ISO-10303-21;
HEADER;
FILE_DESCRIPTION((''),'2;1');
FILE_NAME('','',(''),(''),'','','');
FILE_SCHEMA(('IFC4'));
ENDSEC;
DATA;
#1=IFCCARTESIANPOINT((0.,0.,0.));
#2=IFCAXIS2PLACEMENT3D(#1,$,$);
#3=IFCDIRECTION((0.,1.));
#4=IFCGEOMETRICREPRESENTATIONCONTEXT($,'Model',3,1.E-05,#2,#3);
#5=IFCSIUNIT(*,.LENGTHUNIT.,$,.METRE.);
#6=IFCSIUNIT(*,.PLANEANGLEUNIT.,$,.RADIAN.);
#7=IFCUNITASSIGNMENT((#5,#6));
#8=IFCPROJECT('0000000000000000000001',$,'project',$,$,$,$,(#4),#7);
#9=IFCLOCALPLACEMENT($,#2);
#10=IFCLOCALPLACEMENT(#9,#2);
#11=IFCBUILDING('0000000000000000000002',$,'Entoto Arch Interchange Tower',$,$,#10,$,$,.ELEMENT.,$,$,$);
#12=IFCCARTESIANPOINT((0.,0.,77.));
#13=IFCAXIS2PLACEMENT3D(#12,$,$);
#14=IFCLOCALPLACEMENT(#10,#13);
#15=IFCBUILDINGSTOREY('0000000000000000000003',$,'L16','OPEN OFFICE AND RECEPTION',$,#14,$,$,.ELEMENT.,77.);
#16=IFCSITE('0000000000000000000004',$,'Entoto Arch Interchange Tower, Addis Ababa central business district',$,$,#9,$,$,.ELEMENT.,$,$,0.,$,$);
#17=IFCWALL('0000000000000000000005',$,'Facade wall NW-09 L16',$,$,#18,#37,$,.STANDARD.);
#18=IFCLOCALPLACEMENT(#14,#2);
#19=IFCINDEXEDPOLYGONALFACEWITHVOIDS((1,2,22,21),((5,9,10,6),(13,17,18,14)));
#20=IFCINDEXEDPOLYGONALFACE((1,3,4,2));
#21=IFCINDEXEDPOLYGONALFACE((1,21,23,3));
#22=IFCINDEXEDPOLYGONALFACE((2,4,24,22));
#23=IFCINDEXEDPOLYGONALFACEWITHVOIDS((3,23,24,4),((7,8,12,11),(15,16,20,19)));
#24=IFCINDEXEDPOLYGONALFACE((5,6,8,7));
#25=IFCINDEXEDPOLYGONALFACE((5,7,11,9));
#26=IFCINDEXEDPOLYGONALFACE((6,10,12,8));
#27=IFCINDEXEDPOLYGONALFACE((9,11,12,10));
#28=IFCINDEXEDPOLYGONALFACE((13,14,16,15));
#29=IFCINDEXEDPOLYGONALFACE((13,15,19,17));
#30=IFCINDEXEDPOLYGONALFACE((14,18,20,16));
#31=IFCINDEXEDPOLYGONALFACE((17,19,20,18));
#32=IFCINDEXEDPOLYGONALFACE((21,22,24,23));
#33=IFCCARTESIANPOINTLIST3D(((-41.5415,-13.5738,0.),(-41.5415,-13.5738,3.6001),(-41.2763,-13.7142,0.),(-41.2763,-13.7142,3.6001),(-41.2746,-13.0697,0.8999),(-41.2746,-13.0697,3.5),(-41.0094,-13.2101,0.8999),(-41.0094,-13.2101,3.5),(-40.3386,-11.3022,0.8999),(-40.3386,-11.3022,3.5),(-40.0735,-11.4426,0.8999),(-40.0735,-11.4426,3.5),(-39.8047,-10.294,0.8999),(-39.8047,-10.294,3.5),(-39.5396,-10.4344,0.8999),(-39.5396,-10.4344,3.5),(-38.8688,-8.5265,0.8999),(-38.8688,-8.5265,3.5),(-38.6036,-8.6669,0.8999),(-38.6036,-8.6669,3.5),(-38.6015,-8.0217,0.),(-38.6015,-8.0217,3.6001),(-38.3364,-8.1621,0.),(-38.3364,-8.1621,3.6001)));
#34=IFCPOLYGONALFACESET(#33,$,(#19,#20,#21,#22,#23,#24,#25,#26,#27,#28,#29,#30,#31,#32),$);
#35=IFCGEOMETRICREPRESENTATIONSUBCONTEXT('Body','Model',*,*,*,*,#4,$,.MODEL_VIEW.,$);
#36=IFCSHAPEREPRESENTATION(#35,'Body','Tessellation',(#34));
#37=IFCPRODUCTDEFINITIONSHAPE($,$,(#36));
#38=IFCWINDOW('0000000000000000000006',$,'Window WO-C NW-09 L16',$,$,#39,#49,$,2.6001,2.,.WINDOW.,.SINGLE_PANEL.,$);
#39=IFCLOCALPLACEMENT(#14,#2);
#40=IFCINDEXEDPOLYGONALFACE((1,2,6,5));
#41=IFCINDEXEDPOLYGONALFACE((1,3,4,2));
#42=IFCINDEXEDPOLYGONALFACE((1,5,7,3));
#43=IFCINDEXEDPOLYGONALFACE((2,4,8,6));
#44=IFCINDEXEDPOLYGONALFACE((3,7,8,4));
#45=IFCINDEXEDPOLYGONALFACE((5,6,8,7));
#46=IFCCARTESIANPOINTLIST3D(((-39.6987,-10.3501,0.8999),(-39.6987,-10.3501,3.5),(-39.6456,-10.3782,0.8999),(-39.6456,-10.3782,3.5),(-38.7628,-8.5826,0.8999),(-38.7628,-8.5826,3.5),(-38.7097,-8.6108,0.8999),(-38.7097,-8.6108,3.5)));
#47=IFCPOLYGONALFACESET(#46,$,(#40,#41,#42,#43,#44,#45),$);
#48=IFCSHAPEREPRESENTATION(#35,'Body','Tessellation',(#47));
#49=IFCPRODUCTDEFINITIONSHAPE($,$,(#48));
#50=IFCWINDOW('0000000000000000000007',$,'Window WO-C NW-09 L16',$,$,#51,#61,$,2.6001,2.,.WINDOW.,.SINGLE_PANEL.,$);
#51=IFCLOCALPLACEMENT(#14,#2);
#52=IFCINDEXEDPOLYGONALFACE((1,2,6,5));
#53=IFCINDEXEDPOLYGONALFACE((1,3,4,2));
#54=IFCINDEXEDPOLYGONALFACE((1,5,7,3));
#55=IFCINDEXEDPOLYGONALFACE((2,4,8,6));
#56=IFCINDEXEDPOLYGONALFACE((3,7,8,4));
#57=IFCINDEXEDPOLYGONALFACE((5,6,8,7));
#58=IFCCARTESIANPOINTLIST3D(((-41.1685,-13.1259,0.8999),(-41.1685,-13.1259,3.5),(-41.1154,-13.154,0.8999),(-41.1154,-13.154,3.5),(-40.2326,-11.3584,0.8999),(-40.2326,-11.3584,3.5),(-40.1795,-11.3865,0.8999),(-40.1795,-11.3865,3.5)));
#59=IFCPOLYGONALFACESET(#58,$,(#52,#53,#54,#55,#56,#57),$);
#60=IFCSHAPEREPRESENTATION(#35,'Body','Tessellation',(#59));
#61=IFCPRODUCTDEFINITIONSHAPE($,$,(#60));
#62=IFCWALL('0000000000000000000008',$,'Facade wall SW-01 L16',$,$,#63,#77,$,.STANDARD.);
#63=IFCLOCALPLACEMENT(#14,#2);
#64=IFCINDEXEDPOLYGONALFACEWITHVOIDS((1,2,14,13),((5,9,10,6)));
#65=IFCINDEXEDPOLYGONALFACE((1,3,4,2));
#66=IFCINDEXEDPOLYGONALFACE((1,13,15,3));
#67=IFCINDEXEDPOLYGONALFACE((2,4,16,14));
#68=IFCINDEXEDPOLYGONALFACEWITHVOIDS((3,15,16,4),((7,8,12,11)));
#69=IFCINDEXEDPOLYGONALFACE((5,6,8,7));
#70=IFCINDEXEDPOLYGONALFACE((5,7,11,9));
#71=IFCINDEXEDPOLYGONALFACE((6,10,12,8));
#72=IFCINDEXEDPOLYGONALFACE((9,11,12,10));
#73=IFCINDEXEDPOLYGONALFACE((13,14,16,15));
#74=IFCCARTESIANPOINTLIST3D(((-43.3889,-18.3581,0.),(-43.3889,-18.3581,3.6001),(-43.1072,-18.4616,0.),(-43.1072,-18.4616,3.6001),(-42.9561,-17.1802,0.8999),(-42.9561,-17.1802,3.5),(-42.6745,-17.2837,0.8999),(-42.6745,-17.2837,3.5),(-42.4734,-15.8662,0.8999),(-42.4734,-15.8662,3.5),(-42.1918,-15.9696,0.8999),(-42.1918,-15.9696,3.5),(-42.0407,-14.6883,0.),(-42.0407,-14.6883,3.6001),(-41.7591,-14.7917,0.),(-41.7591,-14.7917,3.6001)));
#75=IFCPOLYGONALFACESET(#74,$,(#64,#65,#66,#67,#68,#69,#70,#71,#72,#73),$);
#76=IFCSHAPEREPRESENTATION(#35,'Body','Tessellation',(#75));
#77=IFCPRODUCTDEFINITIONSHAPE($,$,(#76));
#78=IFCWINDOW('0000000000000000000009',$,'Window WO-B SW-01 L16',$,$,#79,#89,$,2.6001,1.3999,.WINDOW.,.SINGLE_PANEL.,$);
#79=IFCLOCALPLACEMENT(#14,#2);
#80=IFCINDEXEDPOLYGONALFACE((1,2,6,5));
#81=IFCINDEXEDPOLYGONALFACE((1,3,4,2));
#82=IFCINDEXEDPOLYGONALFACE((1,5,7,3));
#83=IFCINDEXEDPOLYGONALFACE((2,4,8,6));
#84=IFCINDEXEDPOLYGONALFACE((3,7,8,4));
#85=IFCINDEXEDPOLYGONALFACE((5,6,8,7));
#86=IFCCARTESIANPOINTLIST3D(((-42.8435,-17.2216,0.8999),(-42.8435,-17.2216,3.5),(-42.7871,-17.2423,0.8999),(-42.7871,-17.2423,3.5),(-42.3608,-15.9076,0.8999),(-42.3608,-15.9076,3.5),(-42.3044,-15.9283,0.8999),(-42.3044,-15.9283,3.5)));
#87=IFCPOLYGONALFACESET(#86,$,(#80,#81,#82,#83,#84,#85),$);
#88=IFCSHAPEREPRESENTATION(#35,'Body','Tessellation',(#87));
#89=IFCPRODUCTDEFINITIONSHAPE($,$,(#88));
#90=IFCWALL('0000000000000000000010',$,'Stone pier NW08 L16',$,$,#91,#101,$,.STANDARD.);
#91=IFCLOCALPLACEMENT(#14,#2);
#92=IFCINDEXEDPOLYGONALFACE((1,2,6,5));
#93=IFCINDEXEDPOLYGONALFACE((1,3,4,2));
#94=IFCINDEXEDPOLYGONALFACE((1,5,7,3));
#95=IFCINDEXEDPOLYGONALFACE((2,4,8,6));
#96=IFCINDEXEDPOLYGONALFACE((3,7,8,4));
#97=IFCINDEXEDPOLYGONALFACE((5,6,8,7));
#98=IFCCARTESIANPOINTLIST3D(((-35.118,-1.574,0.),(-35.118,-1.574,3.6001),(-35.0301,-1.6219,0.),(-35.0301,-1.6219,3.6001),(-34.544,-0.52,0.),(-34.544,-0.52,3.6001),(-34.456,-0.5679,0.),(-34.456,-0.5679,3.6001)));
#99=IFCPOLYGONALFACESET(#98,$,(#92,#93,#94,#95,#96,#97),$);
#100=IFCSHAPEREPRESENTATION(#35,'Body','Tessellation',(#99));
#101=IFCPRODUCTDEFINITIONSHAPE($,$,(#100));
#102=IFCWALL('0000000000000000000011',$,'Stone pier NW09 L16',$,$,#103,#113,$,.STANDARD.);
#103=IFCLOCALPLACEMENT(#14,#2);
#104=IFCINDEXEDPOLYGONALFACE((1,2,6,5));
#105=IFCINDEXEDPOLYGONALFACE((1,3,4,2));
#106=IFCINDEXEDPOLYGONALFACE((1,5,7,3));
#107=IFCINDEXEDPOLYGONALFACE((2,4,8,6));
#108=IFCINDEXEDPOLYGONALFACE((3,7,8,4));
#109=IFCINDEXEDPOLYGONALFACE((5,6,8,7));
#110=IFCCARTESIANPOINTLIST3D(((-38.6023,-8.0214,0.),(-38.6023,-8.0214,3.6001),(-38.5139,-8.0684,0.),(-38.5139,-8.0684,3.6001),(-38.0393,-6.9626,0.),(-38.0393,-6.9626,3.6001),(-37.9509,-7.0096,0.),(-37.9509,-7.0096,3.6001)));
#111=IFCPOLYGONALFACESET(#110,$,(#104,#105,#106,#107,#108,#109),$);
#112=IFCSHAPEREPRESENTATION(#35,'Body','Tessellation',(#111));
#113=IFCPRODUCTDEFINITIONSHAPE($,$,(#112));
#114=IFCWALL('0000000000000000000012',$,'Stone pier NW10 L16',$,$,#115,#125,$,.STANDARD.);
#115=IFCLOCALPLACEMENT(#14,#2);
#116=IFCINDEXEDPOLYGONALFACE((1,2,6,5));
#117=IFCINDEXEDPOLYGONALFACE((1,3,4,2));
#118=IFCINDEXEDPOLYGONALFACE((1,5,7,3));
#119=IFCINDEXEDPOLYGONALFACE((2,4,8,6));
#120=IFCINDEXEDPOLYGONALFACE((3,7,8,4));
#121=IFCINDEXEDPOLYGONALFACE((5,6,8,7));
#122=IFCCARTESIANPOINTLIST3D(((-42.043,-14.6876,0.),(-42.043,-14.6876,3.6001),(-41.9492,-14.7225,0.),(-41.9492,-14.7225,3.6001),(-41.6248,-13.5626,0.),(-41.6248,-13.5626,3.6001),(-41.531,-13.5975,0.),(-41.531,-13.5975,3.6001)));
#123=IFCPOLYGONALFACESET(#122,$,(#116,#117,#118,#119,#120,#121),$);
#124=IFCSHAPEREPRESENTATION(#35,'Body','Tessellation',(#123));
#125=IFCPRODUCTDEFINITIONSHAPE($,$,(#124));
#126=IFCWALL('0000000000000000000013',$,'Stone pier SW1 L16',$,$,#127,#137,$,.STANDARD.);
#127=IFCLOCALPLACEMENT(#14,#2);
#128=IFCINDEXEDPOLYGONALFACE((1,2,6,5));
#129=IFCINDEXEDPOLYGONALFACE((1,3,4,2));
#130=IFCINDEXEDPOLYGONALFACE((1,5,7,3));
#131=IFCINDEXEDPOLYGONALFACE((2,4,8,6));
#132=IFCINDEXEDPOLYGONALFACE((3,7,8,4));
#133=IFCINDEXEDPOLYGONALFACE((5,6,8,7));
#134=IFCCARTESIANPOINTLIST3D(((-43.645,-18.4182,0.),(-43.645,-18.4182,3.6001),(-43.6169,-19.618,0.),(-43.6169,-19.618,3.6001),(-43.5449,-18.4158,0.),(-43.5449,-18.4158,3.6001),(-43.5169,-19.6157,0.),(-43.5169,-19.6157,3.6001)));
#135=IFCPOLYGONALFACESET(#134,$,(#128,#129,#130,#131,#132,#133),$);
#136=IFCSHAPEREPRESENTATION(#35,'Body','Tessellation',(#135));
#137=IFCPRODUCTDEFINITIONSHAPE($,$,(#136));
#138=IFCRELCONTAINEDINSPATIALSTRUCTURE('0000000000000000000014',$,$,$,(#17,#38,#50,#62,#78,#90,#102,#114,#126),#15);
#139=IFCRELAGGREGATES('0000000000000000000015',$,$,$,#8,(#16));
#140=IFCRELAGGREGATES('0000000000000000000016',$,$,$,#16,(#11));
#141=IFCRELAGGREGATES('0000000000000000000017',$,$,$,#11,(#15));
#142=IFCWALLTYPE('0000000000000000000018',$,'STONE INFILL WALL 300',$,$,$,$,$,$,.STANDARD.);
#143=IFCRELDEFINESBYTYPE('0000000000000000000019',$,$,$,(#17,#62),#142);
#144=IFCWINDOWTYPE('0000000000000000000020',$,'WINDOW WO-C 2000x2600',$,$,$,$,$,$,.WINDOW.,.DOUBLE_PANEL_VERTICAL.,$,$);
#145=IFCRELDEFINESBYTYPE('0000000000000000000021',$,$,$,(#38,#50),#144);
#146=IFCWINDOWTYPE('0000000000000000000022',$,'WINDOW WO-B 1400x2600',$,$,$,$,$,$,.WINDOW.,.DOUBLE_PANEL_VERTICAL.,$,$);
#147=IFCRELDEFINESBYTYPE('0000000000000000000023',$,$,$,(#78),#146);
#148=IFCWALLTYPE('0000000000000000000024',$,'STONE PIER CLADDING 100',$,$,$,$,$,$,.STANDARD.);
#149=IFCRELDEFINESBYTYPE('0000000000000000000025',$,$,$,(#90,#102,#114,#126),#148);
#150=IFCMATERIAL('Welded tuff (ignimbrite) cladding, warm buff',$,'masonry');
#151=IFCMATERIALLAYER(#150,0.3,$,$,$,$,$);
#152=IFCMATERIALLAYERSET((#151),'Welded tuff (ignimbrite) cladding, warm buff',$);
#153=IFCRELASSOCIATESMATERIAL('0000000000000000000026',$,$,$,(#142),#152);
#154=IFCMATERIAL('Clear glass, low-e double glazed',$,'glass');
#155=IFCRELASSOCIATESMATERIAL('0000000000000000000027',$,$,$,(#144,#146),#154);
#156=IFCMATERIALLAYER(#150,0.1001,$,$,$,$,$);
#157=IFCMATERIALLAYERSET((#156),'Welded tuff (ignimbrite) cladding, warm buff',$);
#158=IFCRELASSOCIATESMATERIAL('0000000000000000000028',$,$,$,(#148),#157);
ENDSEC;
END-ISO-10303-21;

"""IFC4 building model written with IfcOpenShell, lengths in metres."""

from ifc_helpers import new_model, si_unit, direction, frame, frame_2d, origin, place, context, subcontext, project, spatial, rectangle, extrude, material, layer, layer_set, type_object, element, fill, save


model = new_model("IFC4")

# Units and contexts
model_context = context("Model", 3, precision=1e-05, world=origin(), true_north=direction((0.0, 1.0)))
body_context = subcontext(model_context, "Body", "Model", "MODEL_VIEW")
ifc_project = project(units=[si_unit("LENGTHUNIT", "METRE"), si_unit("PLANEANGLEUNIT", "RADIAN")], contexts=[model_context])

# Site, building, storey
site_placement = place(None, origin())
site = spatial("IfcSite", under=ifc_project, at=site_placement, Name="Entoto Arch Interchange Tower, Addis Ababa central business district", CompositionType="ELEMENT", RefElevation=0.0)
building_placement = place(site_placement, origin())
building = spatial("IfcBuilding", under=site, at=building_placement, Name="Entoto Arch Interchange Tower", CompositionType="ELEMENT")
storey_placement = place(building_placement, frame((0.0, 0.0, 77.0)))
storey = spatial("IfcBuildingStorey", under=building, at=storey_placement, Name="L16", Description="OPEN OFFICE AND RECEPTION", CompositionType="ELEMENT", Elevation=77.0)

# Wall, openings, windows
ifc_material_1 = material(Name="Welded tuff (ignimbrite) cladding, warm buff", Category="masonry")
ifc_layer_1 = layer(ifc_material_1, 0.3)
ifc_layer_set_1 = layer_set([ifc_layer_1], Name="Welded tuff (ignimbrite) cladding, warm buff")
wall_type_1 = type_object("IfcWallType", Name="STONE INFILL WALL 300", PredefinedType="STANDARD", material=ifc_layer_set_1)
ifc_material_2 = material(Name="Clear glass, low-e double glazed", Category="glass")
window_type_1 = type_object("IfcWindowType", Name="WINDOW WO-C 2000x2600", PartitioningType="DOUBLE_PANEL_VERTICAL", PredefinedType="WINDOW", material=ifc_material_2)
wall_1_placement = place(storey_placement, frame((-38.469, -8.092, 0.0), z_axis=(0.0, 0.0, 1.0), x_axis=(-0.467968, -0.883745, 0.0)))
wall_1 = element("IfcWall", 1, at=wall_1_placement, inside=storey, type_object=wall_type_1, Name="Facade wall NW-09 L16", PredefinedType="STANDARD", context=body_context, shape_type="SweptSolid", body=[
    extrude(rectangle(XDim=6.2825, YDim=0.3, at=frame_2d((3.1411, 0.0))), origin(), (0.0, 0.0, 1.0), 3.6001),
])
opening_1_placement = place(wall_1_placement, frame((0.571, 0.0, 0.8999)))
opening_1 = element("IfcOpeningElement", 2, at=opening_1_placement, cuts=wall_1, PredefinedType="OPENING", context=body_context, shape_type="SweptSolid", body=[
    extrude(rectangle(XDim=2.0, YDim=2.6001, at=frame_2d((1.0, 1.3))), frame((0.0, 0.1602, 0.0), z_axis=(0.0, -1.0, 0.0), x_axis=(1.0, 0.0, 0.0)), (0.0, 0.0, 1.0), 0.3201),
])
opening_2_placement = place(wall_1_placement, frame((3.7119, 0.0, 0.8999)))
opening_2 = element("IfcOpeningElement", 3, at=opening_2_placement, cuts=wall_1, PredefinedType="OPENING", context=body_context, shape_type="SweptSolid", body=[
    extrude(rectangle(XDim=2.0, YDim=2.6001, at=frame_2d((1.0, 1.3))), frame((0.0, 0.1602, 0.0), z_axis=(0.0, -1.0, 0.0), x_axis=(1.0, 0.0, 0.0)), (0.0, 0.0, 1.0), 0.3201),
])
window_1_placement = place(opening_1_placement, origin())
window_1 = element("IfcWindow", 4, at=window_1_placement, inside=storey, type_object=window_type_1, Name="Window WO-C NW-09 L16", OverallHeight=2.6001, OverallWidth=2.0, PartitioningType="SINGLE_PANEL", PredefinedType="WINDOW", context=body_context, shape_type="SweptSolid", body=[
    extrude(rectangle(XDim=2.0, YDim=2.6001, at=frame_2d((1.0, 1.3))), frame((0.0, 0.03, 0.0), z_axis=(0.0, -1.0, 0.0), x_axis=(1.0, 0.0, 0.0)), (0.0, 0.0, 1.0), 0.0601),
])
fill(opening_1, window_1)
window_2_placement = place(opening_2_placement, origin())
window_2 = element("IfcWindow", 5, at=window_2_placement, inside=storey, type_object=window_type_1, Name="Window WO-C NW-09 L16", OverallHeight=2.6001, OverallWidth=2.0, PartitioningType="SINGLE_PANEL", PredefinedType="WINDOW", context=body_context, shape_type="SweptSolid", body=[
    extrude(rectangle(XDim=2.0, YDim=2.6001, at=frame_2d((1.0, 1.3))), frame((0.0, 0.03, 0.0), z_axis=(0.0, -1.0, 0.0), x_axis=(1.0, 0.0, 0.0)), (0.0, 0.0, 1.0), 0.0601),
])
fill(opening_2, window_2)

# Wall, opening, window
wall_2_placement = place(storey_placement, frame((-41.8999, -14.74, 0.0), z_axis=(0.0, 0.0, 1.0), x_axis=(-0.34482, -0.938669, 0.0)))
wall_2 = element("IfcWall", 6, at=wall_2_placement, inside=storey, type_object=wall_type_1, Name="Facade wall SW-01 L16", PredefinedType="STANDARD", context=body_context, shape_type="SweptSolid", body=[
    extrude(rectangle(XDim=3.9097, YDim=0.3, at=frame_2d((1.9548, 0.0))), origin(), (0.0, 0.0, 1.0), 3.6001),
])
opening_3_placement = place(wall_2_placement, frame((1.2549, 0.0, 0.8999)))
opening_3 = element("IfcOpeningElement", 7, at=opening_3_placement, cuts=wall_2, PredefinedType="OPENING", context=body_context, shape_type="SweptSolid", body=[
    extrude(rectangle(XDim=1.3999, YDim=2.6001, at=frame_2d((0.7, 1.3))), frame((0.0, 0.1602, 0.0), z_axis=(0.0, -1.0, 0.0), x_axis=(1.0, 0.0, 0.0)), (0.0, 0.0, 1.0), 0.3201),
])
window_type_2 = type_object("IfcWindowType", Name="WINDOW WO-B 1400x2600", PartitioningType="DOUBLE_PANEL_VERTICAL", PredefinedType="WINDOW", material=ifc_material_2)
window_3_placement = place(opening_3_placement, origin())
window_3 = element("IfcWindow", 8, at=window_3_placement, inside=storey, type_object=window_type_2, Name="Window WO-B SW-01 L16", OverallHeight=2.6001, OverallWidth=1.3999, PartitioningType="SINGLE_PANEL", PredefinedType="WINDOW", context=body_context, shape_type="SweptSolid", body=[
    extrude(rectangle(XDim=1.3999, YDim=2.6001, at=frame_2d((0.7, 1.3))), frame((0.0, 0.03, 0.0), z_axis=(0.0, -1.0, 0.0), x_axis=(1.0, 0.0, 0.0)), (0.0, 0.0, 1.0), 0.0601),
])
fill(opening_3, window_3)

# Walls
ifc_layer_2 = layer(ifc_material_1, 0.1001)
ifc_layer_set_2 = layer_set([ifc_layer_2], Name="Welded tuff (ignimbrite) cladding, warm buff")
wall_type_2 = type_object("IfcWallType", Name="STONE PIER CLADDING 100", PredefinedType="STANDARD", material=ifc_layer_set_2)
wall_3_placement = place(storey_placement, frame((-34.5, -0.5439, 0.0), z_axis=(0.0, 0.0, 1.0), x_axis=(-0.478268, -0.878214, 0.0)))
element("IfcWall", 9, at=wall_3_placement, inside=storey, type_object=wall_type_2, Name="Stone pier NW08 L16", PredefinedType="STANDARD", context=body_context, shape_type="SweptSolid", body=[
    extrude(rectangle(XDim=1.2002, YDim=0.1001, at=frame_2d((0.6001, 0.0))), origin(), (0.0, 0.0, 1.0), 3.6001),
])
wall_4_placement = place(storey_placement, frame((-37.9951, -6.9861, 0.0), z_axis=(0.0, 0.0, 1.0), x_axis=(-0.469468, -0.88295, 0.0)))
element("IfcWall", 10, at=wall_4_placement, inside=storey, type_object=wall_type_2, Name="Stone pier NW09 L16", PredefinedType="STANDARD", context=body_context, shape_type="SweptSolid", body=[
    extrude(rectangle(XDim=1.1992, YDim=0.1001, at=frame_2d((0.5996, 0.0))), origin(), (0.0, 0.0, 1.0), 3.6001),
])
for number, where, z_axis, x_axis, name in (
    (11, (-41.5779, -13.5801, 0.0), (0.0, 0.0, 1.0), (-0.348447, -0.937328, 0.0), "Stone pier NW10 L16"),
    (12, (-43.595, -18.417, 0.0), (0.0, 0.0, 1.0), (0.023391, -0.999726, 0.0), "Stone pier SW1 L16"),
):
    element("IfcWall", number, at=place(storey_placement, frame(where, z_axis=z_axis, x_axis=x_axis)), inside=storey, type_object=wall_type_2, Name=name, PredefinedType="STANDARD", context=body_context, shape_type="SweptSolid", body=[
        extrude(rectangle(XDim=1.2002, YDim=0.1001, at=frame_2d((0.6001, 0.0))), origin(), (0.0, 0.0, 1.0), 3.6001),
    ])

save(model, "model.ifc")
